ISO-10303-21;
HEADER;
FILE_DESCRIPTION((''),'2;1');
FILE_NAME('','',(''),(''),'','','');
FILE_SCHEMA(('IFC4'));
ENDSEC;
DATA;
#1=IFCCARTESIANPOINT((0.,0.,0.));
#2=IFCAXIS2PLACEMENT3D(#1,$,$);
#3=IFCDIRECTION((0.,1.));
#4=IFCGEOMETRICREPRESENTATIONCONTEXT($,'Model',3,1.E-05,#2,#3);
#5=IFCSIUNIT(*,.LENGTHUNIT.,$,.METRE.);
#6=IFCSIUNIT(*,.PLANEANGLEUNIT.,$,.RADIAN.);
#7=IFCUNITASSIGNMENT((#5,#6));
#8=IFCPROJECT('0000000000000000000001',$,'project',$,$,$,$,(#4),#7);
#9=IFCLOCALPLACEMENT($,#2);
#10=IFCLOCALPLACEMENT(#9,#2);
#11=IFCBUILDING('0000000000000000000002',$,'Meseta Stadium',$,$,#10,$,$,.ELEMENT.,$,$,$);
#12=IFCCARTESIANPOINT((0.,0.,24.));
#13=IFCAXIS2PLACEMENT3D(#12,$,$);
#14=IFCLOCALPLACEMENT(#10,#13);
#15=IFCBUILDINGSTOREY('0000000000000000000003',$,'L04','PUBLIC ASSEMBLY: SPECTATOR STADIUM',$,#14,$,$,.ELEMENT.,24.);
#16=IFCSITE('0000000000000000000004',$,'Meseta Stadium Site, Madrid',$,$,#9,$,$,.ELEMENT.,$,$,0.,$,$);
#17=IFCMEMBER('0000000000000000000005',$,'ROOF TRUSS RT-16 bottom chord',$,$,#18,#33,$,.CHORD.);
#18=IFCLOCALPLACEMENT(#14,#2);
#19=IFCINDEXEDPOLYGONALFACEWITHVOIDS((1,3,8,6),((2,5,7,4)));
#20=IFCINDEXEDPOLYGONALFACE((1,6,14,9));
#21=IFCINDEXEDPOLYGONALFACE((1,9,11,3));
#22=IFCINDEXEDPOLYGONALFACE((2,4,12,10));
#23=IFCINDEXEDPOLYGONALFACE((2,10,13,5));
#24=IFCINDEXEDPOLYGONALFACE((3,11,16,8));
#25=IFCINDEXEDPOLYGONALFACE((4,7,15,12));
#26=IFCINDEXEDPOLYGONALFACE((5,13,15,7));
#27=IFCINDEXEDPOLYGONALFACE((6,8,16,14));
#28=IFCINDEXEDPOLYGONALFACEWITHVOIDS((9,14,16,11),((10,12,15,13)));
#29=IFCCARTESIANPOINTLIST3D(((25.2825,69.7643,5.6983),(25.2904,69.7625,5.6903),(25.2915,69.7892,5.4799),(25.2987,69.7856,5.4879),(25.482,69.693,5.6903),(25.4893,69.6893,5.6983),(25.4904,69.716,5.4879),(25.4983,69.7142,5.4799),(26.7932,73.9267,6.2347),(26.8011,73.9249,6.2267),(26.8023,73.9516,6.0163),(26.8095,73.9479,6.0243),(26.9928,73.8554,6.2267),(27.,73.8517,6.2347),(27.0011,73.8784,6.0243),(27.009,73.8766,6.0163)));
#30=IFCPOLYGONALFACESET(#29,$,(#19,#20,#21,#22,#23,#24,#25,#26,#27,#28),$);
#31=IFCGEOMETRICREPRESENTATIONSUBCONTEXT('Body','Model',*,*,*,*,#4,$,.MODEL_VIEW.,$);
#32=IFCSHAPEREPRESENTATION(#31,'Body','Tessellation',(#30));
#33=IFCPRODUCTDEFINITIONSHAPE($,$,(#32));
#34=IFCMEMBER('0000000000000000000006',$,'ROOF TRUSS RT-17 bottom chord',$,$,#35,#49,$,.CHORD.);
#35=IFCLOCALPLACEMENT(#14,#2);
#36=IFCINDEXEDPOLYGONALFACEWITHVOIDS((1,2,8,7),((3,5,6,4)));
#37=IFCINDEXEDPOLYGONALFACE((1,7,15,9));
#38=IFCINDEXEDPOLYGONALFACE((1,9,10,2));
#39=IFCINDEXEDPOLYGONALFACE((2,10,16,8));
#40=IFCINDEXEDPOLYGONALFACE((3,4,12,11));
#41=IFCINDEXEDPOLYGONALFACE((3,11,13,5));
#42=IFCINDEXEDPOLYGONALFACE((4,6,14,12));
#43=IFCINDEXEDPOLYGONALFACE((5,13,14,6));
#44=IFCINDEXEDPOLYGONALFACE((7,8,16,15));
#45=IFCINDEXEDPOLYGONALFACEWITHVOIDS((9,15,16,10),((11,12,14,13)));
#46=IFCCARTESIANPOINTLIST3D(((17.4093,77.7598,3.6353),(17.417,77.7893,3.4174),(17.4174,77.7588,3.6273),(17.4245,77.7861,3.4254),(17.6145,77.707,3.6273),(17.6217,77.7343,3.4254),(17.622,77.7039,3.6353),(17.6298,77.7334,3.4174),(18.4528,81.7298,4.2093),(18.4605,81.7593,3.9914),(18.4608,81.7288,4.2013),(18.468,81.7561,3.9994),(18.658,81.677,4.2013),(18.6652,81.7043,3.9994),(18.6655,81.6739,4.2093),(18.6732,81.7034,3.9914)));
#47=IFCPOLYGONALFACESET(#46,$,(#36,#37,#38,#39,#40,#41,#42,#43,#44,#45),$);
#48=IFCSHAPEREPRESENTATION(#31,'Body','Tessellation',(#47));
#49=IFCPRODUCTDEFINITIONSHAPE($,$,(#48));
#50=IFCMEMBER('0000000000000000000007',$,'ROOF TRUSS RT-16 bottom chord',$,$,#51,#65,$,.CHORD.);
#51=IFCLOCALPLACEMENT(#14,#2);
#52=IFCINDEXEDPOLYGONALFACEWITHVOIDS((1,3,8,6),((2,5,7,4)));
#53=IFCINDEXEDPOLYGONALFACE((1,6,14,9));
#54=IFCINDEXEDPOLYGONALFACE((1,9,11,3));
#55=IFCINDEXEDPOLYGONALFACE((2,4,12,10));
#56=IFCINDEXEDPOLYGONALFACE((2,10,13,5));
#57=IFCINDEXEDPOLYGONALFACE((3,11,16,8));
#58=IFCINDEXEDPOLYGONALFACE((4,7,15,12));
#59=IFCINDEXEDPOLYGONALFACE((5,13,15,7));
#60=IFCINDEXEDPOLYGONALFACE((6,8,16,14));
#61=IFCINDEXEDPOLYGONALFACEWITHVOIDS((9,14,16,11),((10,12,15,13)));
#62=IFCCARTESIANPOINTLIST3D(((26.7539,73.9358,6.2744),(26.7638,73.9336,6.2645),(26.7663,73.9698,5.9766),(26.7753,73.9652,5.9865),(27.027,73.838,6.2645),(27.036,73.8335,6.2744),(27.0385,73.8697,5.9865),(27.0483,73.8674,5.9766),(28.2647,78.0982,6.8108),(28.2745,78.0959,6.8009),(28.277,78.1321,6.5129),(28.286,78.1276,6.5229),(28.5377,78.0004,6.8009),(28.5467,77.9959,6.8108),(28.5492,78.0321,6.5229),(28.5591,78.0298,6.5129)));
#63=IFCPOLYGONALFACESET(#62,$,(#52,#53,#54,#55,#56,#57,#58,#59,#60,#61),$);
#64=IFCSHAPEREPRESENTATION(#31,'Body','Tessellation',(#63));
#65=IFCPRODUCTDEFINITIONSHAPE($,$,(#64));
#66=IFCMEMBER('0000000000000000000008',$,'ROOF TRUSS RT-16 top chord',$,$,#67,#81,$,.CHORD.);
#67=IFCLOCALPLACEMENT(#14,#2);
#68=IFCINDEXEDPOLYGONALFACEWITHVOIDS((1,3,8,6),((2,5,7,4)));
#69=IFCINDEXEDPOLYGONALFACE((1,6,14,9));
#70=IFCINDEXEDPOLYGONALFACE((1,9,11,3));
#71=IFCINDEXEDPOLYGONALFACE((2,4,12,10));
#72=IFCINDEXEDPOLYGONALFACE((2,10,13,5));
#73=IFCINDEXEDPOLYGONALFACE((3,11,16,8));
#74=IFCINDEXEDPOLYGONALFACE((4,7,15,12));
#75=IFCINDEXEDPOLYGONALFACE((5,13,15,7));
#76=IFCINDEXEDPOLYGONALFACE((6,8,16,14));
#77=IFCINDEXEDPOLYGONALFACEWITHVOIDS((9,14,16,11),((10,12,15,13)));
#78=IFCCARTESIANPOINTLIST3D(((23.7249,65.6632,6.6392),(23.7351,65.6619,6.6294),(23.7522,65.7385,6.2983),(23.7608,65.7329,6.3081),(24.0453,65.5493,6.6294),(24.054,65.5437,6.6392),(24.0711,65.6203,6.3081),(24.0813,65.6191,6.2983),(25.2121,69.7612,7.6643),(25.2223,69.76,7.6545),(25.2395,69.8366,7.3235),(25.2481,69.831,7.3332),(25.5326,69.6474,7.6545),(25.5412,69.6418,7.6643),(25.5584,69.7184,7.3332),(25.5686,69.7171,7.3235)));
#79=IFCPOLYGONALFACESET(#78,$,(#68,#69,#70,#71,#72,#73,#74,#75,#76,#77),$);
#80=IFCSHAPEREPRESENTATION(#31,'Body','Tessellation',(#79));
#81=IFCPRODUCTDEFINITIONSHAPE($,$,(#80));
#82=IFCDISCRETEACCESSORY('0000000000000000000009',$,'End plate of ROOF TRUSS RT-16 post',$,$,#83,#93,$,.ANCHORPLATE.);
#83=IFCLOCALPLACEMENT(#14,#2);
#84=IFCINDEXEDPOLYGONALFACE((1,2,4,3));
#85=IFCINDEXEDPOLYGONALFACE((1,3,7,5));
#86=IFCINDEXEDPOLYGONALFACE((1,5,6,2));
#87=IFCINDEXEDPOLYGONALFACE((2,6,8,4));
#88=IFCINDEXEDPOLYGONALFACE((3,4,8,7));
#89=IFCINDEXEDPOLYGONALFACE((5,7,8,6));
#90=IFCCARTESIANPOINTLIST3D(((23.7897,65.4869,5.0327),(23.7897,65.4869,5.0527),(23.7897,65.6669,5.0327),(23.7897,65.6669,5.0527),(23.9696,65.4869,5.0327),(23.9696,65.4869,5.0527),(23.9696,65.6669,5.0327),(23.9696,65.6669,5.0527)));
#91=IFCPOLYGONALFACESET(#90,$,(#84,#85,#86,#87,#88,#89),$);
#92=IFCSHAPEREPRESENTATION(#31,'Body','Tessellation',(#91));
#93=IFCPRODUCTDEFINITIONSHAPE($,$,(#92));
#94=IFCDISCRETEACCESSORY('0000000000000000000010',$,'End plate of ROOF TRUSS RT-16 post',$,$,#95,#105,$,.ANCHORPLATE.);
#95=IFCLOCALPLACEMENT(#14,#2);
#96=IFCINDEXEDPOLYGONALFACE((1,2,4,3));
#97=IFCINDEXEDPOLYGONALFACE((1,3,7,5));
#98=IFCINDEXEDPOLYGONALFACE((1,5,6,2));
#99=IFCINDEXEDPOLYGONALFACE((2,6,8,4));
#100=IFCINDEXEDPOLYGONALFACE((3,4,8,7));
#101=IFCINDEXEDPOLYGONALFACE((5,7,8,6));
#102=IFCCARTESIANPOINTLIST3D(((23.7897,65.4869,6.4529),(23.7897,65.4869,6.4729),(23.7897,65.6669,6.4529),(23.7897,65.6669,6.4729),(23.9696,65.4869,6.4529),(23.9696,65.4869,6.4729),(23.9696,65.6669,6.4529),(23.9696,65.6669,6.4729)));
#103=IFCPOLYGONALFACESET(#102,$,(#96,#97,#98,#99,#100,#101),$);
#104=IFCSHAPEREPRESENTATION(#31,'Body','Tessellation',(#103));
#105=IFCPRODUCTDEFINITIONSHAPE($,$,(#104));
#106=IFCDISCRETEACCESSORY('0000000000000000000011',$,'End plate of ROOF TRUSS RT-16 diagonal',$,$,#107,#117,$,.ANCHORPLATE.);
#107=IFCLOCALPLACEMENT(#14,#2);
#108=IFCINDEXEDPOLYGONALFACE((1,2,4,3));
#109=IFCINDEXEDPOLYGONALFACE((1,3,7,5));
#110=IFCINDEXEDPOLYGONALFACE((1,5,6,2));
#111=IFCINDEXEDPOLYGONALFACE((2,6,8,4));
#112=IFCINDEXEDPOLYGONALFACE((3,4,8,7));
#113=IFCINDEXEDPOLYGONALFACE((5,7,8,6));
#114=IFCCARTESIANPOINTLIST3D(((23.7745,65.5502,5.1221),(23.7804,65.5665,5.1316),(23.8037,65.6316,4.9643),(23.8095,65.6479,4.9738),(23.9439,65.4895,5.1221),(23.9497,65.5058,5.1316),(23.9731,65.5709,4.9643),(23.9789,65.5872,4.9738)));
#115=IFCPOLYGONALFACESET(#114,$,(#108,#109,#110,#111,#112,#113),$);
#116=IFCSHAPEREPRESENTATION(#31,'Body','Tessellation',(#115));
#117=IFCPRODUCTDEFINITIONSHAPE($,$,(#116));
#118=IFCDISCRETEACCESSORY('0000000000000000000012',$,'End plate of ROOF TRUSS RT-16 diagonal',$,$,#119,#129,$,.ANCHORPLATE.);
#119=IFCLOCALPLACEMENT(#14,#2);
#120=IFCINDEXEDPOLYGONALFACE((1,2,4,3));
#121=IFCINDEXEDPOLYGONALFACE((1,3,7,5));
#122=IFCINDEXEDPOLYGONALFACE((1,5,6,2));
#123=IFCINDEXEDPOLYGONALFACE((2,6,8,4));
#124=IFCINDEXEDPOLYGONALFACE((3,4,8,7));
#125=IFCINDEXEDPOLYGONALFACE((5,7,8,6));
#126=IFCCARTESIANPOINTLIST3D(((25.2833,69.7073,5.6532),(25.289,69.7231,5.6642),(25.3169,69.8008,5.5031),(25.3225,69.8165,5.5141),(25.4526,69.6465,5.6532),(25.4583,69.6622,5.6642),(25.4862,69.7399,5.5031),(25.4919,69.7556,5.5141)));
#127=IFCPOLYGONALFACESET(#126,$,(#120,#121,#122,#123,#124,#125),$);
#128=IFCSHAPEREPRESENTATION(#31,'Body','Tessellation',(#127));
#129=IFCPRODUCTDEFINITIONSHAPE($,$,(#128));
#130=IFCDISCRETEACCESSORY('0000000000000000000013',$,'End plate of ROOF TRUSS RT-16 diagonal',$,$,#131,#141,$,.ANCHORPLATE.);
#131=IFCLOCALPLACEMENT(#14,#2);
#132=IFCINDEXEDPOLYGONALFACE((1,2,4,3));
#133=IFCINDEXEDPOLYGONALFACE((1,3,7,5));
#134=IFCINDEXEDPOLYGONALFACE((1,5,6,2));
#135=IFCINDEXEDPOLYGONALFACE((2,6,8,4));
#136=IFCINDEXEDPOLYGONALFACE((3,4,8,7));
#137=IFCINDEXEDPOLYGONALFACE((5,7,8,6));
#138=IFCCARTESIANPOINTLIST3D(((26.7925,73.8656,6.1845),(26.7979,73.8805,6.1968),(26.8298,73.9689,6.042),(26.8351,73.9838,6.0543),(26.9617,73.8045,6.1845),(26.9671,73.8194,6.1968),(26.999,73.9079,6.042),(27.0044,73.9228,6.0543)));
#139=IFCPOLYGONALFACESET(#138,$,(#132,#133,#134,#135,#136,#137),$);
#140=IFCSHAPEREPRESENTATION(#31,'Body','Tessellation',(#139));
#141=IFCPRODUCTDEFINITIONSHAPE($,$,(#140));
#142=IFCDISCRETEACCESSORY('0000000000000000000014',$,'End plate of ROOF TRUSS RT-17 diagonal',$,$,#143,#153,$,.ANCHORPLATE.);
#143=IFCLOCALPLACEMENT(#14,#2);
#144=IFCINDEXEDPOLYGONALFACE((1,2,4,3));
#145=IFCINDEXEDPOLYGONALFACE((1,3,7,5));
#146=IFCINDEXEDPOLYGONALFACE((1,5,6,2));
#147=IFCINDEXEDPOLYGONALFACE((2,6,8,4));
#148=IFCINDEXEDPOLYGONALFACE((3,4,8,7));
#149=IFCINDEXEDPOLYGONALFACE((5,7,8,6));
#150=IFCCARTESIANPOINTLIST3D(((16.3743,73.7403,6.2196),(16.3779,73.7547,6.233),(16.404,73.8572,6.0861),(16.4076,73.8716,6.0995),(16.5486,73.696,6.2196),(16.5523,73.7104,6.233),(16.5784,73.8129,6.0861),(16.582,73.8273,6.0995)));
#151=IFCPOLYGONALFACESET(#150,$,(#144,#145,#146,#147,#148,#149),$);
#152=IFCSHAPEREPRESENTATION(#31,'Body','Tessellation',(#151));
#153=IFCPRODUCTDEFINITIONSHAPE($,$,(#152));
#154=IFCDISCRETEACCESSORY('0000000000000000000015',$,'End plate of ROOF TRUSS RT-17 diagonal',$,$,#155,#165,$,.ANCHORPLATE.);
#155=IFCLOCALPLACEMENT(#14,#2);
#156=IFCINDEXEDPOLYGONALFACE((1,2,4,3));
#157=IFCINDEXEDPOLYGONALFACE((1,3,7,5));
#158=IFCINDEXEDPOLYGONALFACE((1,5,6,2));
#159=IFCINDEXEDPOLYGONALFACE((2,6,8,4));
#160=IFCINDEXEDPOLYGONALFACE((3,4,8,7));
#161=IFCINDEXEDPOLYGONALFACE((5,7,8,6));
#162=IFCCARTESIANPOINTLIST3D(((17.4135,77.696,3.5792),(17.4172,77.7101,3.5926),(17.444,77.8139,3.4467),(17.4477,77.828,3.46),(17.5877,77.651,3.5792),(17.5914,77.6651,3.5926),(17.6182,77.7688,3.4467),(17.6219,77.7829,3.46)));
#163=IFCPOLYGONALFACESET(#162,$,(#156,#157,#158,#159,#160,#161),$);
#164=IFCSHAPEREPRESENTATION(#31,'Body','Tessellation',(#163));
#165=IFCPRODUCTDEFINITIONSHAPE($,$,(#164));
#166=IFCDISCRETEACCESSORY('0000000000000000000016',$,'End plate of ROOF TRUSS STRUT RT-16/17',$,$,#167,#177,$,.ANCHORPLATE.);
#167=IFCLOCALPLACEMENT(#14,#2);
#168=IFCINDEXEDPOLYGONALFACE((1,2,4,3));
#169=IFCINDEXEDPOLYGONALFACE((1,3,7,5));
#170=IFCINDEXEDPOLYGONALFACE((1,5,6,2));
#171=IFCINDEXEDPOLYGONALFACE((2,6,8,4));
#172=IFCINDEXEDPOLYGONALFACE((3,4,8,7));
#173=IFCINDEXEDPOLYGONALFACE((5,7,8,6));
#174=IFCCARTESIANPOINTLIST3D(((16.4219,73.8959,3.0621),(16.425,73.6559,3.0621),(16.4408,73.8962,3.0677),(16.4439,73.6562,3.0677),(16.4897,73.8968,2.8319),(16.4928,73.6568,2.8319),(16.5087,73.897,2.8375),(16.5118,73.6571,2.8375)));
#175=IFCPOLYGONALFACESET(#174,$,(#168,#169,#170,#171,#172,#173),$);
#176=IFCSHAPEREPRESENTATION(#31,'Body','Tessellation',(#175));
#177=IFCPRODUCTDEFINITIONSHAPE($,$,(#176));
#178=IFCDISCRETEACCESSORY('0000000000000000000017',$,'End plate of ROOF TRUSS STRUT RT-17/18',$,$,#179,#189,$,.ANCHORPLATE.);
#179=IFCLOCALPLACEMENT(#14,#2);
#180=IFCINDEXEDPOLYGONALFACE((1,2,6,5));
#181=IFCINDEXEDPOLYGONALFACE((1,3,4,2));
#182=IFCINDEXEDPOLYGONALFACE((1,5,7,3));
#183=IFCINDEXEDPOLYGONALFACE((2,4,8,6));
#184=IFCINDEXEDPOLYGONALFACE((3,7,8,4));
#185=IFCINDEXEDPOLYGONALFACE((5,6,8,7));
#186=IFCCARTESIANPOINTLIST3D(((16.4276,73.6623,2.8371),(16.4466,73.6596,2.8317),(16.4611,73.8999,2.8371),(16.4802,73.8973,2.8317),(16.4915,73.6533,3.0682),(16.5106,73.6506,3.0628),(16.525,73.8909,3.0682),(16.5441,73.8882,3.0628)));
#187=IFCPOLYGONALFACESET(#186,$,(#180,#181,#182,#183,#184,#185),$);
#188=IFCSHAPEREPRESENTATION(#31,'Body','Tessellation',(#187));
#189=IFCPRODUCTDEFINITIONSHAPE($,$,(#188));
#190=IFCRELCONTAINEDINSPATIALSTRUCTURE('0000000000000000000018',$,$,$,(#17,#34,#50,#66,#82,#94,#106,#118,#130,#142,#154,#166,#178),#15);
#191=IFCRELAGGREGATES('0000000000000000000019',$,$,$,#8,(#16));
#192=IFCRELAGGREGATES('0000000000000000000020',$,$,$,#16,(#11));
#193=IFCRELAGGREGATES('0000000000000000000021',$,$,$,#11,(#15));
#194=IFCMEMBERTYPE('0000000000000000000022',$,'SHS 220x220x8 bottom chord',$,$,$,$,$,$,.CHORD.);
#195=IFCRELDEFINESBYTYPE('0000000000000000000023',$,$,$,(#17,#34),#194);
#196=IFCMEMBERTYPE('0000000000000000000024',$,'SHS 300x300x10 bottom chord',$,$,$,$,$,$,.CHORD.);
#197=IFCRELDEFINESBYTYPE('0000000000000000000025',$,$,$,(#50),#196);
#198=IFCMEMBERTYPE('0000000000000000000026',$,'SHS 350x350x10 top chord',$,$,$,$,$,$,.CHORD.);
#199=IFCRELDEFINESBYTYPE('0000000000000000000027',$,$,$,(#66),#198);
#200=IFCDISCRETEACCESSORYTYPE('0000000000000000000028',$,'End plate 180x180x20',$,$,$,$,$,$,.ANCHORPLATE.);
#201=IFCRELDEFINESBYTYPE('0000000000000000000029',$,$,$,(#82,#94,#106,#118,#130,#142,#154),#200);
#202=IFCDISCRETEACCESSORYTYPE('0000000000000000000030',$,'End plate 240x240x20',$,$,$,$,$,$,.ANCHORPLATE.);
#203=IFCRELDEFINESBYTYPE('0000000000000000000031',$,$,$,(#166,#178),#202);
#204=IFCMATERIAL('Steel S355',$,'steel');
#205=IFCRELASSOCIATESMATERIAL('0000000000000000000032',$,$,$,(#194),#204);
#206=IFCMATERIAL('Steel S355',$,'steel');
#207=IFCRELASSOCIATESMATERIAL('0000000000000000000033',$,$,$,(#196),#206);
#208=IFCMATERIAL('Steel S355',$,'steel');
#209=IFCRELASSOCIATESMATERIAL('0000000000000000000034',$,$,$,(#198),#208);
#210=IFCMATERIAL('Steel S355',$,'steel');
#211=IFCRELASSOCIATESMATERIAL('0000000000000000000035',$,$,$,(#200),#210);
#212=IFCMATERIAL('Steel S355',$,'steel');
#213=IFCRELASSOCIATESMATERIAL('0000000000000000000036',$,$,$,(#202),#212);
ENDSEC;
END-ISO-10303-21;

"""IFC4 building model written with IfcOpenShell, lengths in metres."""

from ifc_helpers import new_model, si_unit, direction, frame, origin, origin_2d, place, context, subcontext, project, spatial, rectangle, hollow_rectangle, extrude, material, material_profile, profile_set, type_object, element, save


model = new_model("IFC4")

# Units and contexts
model_context = context("Model", 3, precision=1e-05, world=origin(), true_north=direction((0.0, 1.0)))
body_context = subcontext(model_context, "Body", "Model", "MODEL_VIEW")
ifc_project = project(units=[si_unit("LENGTHUNIT", "METRE"), si_unit("PLANEANGLEUNIT", "RADIAN")], contexts=[model_context])

# Site, building, storey
site_placement = place(None, origin())
site = spatial("IfcSite", under=ifc_project, at=site_placement, Name="Meseta Stadium Site, Madrid", CompositionType="ELEMENT", RefElevation=0.0)
building_placement = place(site_placement, origin())
building = spatial("IfcBuilding", under=site, at=building_placement, Name="Meseta Stadium", CompositionType="ELEMENT")
storey_placement = place(building_placement, frame((0.0, 0.0, 24.0)))
storey = spatial("IfcBuildingStorey", under=building, at=storey_placement, Name="L04", Description="PUBLIC ASSEMBLY: SPECTATOR STADIUM", CompositionType="ELEMENT", Elevation=24.0)

# Members
ifc_material_1 = material(Name="Steel S355", Category="steel")
ifc_material_profile_1 = material_profile(ifc_material_1, hollow_rectangle(XDim=0.22, YDim=0.22, WallThickness=0.0081, at=origin_2d()), Name="SHS 220x220x8")
ifc_profile_set_1 = profile_set([ifc_material_profile_1], Name="Steel S355")
member_type_1 = type_object("IfcMemberType", Name="SHS 220x220x8 bottom chord", PredefinedType="CHORD", material=ifc_profile_set_1)
member_1_placement = place(storey_placement, frame((25.3904, 69.7393, 5.5891), z_axis=(0.338701, 0.933178, 0.120253), x_axis=(-0.939999, 0.341176, 0.0)))
element("IfcMember", 1, at=member_1_placement, inside=storey, type_object=member_type_1, Name="ROOF TRUSS RT-16 bottom chord", PredefinedType="CHORD", context=body_context, shape_type="SweptSolid", body=[
    extrude(hollow_rectangle(XDim=0.22, YDim=0.22, WallThickness=0.0081, at=origin_2d()), origin(), (0.0, 0.0, 1.0), 4.4604),
])
member_2_placement = place(storey_placement, frame((17.5195, 77.7466, 3.5264), z_axis=(0.251754, 0.957832, 0.138482), x_axis=(-0.967151, 0.254203, 0.0)))
element("IfcMember", 2, at=member_2_placement, inside=storey, type_object=member_type_1, Name="ROOF TRUSS RT-17 bottom chord", PredefinedType="CHORD", context=body_context, shape_type="SweptSolid", body=[
    extrude(hollow_rectangle(XDim=0.22, YDim=0.22, WallThickness=0.0081, at=origin_2d()), origin(), (0.0, 0.0, 1.0), 4.1448),
])
ifc_material_2 = material(Name="Steel S355", Category="steel")
ifc_material_profile_2 = material_profile(ifc_material_2, hollow_rectangle(XDim=0.3, YDim=0.3, WallThickness=0.01, at=origin_2d()), Name="SHS 300x300x10")
ifc_profile_set_2 = profile_set([ifc_material_profile_2], Name="Steel S355")
member_type_2 = type_object("IfcMemberType", Name="SHS 300x300x10 bottom chord", PredefinedType="CHORD", material=ifc_profile_set_2)
member_3_placement = place(storey_placement, frame((26.9011, 73.9016, 6.1255), z_axis=(0.338701, 0.933178, 0.120253), x_axis=(-0.939999, 0.341176, 0.0)))
element("IfcMember", 3, at=member_3_placement, inside=storey, type_object=member_type_2, Name="ROOF TRUSS RT-16 bottom chord", PredefinedType="CHORD", context=body_context, shape_type="SweptSolid", body=[
    extrude(hollow_rectangle(XDim=0.3, YDim=0.3, WallThickness=0.01, at=origin_2d()), origin(), (0.0, 0.0, 1.0), 4.4604),
])
ifc_material_3 = material(Name="Steel S355", Category="steel")
ifc_material_profile_3 = material_profile(ifc_material_3, hollow_rectangle(XDim=0.3501, YDim=0.3501, WallThickness=0.01, at=origin_2d()), Name="SHS 350x350x10")
ifc_profile_set_3 = profile_set([ifc_material_profile_3], Name="Steel S355")
member_type_3 = type_object("IfcMemberType", Name="SHS 350x350x10 top chord", PredefinedType="CHORD", material=ifc_profile_set_3)
member_4_placement = place(storey_placement, frame((23.9031, 65.6411, 6.4688), z_axis=(0.332092, 0.915052, 0.228899), x_axis=(-0.940009, 0.341149, 0.0)))
element("IfcMember", 4, at=member_4_placement, inside=storey, type_object=member_type_3, Name="ROOF TRUSS RT-16 top chord", PredefinedType="CHORD", context=body_context, shape_type="SweptSolid", body=[
    extrude(hollow_rectangle(XDim=0.3501, YDim=0.3501, WallThickness=0.01, at=origin_2d()), origin(), (0.0, 0.0, 1.0), 4.4785),
])

# Discrete accessories
ifc_material_4 = material(Name="Steel S355", Category="steel")
ifc_material_profile_4 = material_profile(ifc_material_4, rectangle(XDim=0.1799, YDim=0.1799, at=origin_2d()), Name="PL 180x180")
ifc_profile_set_4 = profile_set([ifc_material_profile_4], Name="Steel S355")
discrete_accessory_type_1 = type_object("IfcDiscreteAccessoryType", Name="End plate 180x180x20", PredefinedType="ANCHORPLATE", material=ifc_profile_set_4)
for number, where, z_axis, x_axis, name in (
    (5, (23.8796, 65.5769, 5.0327), (0.0, 0.0, 1.0), (1.0, 0.0, 0.0), "End plate of ROOF TRUSS RT-16 post"),
    (6, (23.8796, 65.5769, 6.4529), (0.0, 0.0, 1.0), (1.0, 0.0, 0.0), "End plate of ROOF TRUSS RT-16 post"),
):
    element("IfcDiscreteAccessory", number, at=place(storey_placement, frame(where, z_axis=z_axis, x_axis=x_axis)), inside=storey, type_object=discrete_accessory_type_1, Name=name, PredefinedType="ANCHORPLATE", context=body_context, shape_type="SweptSolid", body=[
        extrude(rectangle(XDim=0.1799, YDim=0.1799, at=origin_2d()), origin(), (0.0, 0.0, 1.0), 0.02),
    ])
discrete_accessory_1_placement = place(storey_placement, frame((23.8738, 65.5605, 5.0432), z_axis=(0.295733, 0.825589, 0.480567), x_axis=(-0.941424, 0.337226, 0.0)))
element("IfcDiscreteAccessory", 7, at=discrete_accessory_1_placement, inside=storey, type_object=discrete_accessory_type_1, Name="End plate of ROOF TRUSS RT-16 diagonal", PredefinedType="ANCHORPLATE", context=body_context, shape_type="SweptSolid", body=[
    extrude(rectangle(XDim=0.1799, YDim=0.1799, at=origin_2d()), origin(), (0.0, 0.0, 1.0), 0.0198),
])
for number, where, z_axis, x_axis, name in (
    (8, (25.3848, 69.7236, 5.5781), (0.282044, 0.784818, 0.551825), (-0.941075, 0.338199, 0.0), "End plate of ROOF TRUSS RT-16 diagonal"),
    (9, (26.8958, 73.8867, 6.1133), (0.268673, 0.744956, 0.610619), (-0.940691, 0.339265, 0.0), "End plate of ROOF TRUSS RT-16 diagonal"),
    (10, (16.4763, 73.7766, 6.1528), (0.182832, 0.719138, 0.670383), (-0.969169, 0.246399, 0.0), "End plate of ROOF TRUSS RT-17 diagonal"),
):
    element("IfcDiscreteAccessory", number, at=place(storey_placement, frame(where, z_axis=z_axis, x_axis=x_axis)), inside=storey, type_object=discrete_accessory_type_1, Name=name, PredefinedType="ANCHORPLATE", context=body_context, shape_type="SweptSolid", body=[
        extrude(rectangle(XDim=0.1799, YDim=0.1799, at=origin_2d()), origin(), (0.0, 0.0, 1.0), 0.02),
    ])
discrete_accessory_2_placement = place(storey_placement, frame((17.5159, 77.7324, 3.5129), z_axis=(0.184442, 0.713175, 0.676286), x_axis=(-0.968147, 0.250383, 0.0)))
element("IfcDiscreteAccessory", 11, at=discrete_accessory_2_placement, inside=storey, type_object=discrete_accessory_type_1, Name="End plate of ROOF TRUSS RT-17 diagonal", PredefinedType="ANCHORPLATE", context=body_context, shape_type="SweptSolid", body=[
    extrude(rectangle(XDim=0.1799, YDim=0.1799, at=origin_2d()), origin(), (0.0, 0.0, 1.0), 0.0198),
])
ifc_material_5 = material(Name="Steel S355", Category="steel")
ifc_material_profile_5 = material_profile(ifc_material_5, rectangle(XDim=0.24, YDim=0.24, at=origin_2d()), Name="PL 240x240")
ifc_profile_set_5 = profile_set([ifc_material_profile_5], Name="Steel S355")
discrete_accessory_type_2 = type_object("IfcDiscreteAccessoryType", Name="End plate 240x240x20", PredefinedType="ANCHORPLATE", material=ifc_profile_set_5)
discrete_accessory_3_placement = place(storey_placement, frame((16.4763, 73.7766, 2.9526), z_axis=(-0.959097, -0.012296, -0.282811), x_axis=(0.012819, -0.999918, 0.0)))
element("IfcDiscreteAccessory", 12, at=discrete_accessory_3_placement, inside=storey, type_object=discrete_accessory_type_2, Name="End plate of ROOF TRUSS STRUT RT-16/17", PredefinedType="ANCHORPLATE", context=body_context, shape_type="SweptSolid", body=[
    extrude(rectangle(XDim=0.24, YDim=0.24, at=origin_2d()), origin(), (0.0, 0.0, 1.0), 0.0198),
])
discrete_accessory_4_placement = place(storey_placement, frame((16.4954, 73.7739, 2.9473), z_axis=(-0.953705, 0.134497, 0.268994), x_axis=(-0.139644, -0.990202, 0.0)))
element("IfcDiscreteAccessory", 13, at=discrete_accessory_4_placement, inside=storey, type_object=discrete_accessory_type_2, Name="End plate of ROOF TRUSS STRUT RT-17/18", PredefinedType="ANCHORPLATE", context=body_context, shape_type="SweptSolid", body=[
    extrude(rectangle(XDim=0.24, YDim=0.24, at=origin_2d()), origin(), (0.0, 0.0, 1.0), 0.02),
])

save(model, "model.ifc")
